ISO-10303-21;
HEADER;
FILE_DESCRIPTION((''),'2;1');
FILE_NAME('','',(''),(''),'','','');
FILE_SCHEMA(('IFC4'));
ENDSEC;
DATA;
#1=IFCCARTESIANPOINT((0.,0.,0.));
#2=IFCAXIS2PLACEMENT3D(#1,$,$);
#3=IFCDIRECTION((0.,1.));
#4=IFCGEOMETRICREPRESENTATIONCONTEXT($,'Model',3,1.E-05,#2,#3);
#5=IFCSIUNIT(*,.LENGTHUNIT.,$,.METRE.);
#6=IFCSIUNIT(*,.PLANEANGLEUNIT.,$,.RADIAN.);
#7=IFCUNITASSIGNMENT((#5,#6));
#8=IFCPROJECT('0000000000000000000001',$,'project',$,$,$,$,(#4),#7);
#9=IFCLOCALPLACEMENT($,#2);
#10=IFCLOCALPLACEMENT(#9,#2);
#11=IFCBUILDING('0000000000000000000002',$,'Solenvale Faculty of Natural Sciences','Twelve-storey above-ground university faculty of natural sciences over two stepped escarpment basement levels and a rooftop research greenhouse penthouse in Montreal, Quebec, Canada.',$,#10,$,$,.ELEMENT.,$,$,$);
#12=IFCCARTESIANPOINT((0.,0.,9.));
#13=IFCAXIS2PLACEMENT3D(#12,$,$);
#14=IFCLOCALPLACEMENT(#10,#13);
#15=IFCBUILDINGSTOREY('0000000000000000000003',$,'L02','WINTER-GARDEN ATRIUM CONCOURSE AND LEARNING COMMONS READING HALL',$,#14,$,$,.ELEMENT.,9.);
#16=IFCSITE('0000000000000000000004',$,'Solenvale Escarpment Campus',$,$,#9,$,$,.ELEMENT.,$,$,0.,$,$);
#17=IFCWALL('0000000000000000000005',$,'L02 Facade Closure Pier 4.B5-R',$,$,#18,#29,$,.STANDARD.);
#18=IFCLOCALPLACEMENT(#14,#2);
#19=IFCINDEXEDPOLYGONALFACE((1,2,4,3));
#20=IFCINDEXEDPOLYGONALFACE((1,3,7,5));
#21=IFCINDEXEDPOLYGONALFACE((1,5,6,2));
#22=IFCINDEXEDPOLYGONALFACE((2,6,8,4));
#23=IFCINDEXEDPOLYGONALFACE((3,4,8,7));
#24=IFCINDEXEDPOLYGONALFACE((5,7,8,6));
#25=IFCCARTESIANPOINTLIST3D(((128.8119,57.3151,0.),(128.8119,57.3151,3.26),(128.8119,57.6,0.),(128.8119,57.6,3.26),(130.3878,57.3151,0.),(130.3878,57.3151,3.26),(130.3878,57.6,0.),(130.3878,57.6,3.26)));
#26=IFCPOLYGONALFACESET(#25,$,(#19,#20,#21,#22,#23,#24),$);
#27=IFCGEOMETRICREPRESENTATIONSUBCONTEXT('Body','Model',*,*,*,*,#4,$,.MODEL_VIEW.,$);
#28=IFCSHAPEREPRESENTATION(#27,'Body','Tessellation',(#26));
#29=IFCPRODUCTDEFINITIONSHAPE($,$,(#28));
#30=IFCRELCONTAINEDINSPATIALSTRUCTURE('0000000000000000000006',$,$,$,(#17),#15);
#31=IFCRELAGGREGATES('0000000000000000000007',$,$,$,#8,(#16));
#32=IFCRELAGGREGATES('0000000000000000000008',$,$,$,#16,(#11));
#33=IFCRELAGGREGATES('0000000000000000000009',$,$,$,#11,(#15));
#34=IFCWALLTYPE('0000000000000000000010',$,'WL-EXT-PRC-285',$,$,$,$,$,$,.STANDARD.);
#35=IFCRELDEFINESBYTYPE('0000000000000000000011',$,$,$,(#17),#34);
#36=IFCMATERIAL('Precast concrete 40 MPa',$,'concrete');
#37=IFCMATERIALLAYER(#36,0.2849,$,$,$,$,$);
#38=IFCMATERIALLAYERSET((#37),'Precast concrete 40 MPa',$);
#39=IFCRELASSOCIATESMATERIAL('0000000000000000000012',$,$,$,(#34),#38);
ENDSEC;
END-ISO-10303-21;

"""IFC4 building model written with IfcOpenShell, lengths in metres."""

from ifc_helpers import new_model, si_unit, direction, frame, frame_2d, origin, place, context, subcontext, project, spatial, rectangle, extrude, material, layer, layer_set, type_object, element, save


model = new_model("IFC4")

# Units and contexts
model_context = context("Model", 3, precision=1e-05, world=origin(), true_north=direction((0.0, 1.0)))
body_context = subcontext(model_context, "Body", "Model", "MODEL_VIEW")
ifc_project = project(units=[si_unit("LENGTHUNIT", "METRE"), si_unit("PLANEANGLEUNIT", "RADIAN")], contexts=[model_context])

# Site, building, storey
site_placement = place(None, origin())
site = spatial("IfcSite", under=ifc_project, at=site_placement, Name="Solenvale Escarpment Campus", CompositionType="ELEMENT", RefElevation=0.0)
building_placement = place(site_placement, origin())
building = spatial("IfcBuilding", under=site, at=building_placement, Name="Solenvale Faculty of Natural Sciences", Description="Twelve-storey above-ground university faculty of natural sciences over two stepped escarpment basement levels and a rooftop research greenhouse penthouse in Montreal, Quebec, Canada.", CompositionType="ELEMENT")
storey_placement = place(building_placement, frame((0.0, 0.0, 9.0)))
storey = spatial("IfcBuildingStorey", under=building, at=storey_placement, Name="L02", Description="WINTER-GARDEN ATRIUM CONCOURSE AND LEARNING COMMONS READING HALL", CompositionType="ELEMENT", Elevation=9.0)

# Wall
ifc_material_1 = material(Name="Precast concrete 40 MPa", Category="concrete")
ifc_layer_1 = layer(ifc_material_1, 0.2849)
ifc_layer_set_1 = layer_set([ifc_layer_1], Name="Precast concrete 40 MPa")
wall_type = type_object("IfcWallType", Name="WL-EXT-PRC-285", PredefinedType="STANDARD", material=ifc_layer_set_1)
wall_placement = place(storey_placement, frame((130.3879, 57.4575, 0.0), z_axis=(0.0, 0.0, 1.0), x_axis=(-1.0, 0.0, 0.0)))
element("IfcWall", 1, at=wall_placement, inside=storey, type_object=wall_type, Name="L02 Facade Closure Pier 4.B5-R", PredefinedType="STANDARD", context=body_context, shape_type="SweptSolid", body=[
    extrude(rectangle(XDim=1.5759, YDim=0.2849, at=frame_2d((0.7881, 0.0))), origin(), (0.0, 0.0, 1.0), 3.26),
])

save(model, "model.ifc")
